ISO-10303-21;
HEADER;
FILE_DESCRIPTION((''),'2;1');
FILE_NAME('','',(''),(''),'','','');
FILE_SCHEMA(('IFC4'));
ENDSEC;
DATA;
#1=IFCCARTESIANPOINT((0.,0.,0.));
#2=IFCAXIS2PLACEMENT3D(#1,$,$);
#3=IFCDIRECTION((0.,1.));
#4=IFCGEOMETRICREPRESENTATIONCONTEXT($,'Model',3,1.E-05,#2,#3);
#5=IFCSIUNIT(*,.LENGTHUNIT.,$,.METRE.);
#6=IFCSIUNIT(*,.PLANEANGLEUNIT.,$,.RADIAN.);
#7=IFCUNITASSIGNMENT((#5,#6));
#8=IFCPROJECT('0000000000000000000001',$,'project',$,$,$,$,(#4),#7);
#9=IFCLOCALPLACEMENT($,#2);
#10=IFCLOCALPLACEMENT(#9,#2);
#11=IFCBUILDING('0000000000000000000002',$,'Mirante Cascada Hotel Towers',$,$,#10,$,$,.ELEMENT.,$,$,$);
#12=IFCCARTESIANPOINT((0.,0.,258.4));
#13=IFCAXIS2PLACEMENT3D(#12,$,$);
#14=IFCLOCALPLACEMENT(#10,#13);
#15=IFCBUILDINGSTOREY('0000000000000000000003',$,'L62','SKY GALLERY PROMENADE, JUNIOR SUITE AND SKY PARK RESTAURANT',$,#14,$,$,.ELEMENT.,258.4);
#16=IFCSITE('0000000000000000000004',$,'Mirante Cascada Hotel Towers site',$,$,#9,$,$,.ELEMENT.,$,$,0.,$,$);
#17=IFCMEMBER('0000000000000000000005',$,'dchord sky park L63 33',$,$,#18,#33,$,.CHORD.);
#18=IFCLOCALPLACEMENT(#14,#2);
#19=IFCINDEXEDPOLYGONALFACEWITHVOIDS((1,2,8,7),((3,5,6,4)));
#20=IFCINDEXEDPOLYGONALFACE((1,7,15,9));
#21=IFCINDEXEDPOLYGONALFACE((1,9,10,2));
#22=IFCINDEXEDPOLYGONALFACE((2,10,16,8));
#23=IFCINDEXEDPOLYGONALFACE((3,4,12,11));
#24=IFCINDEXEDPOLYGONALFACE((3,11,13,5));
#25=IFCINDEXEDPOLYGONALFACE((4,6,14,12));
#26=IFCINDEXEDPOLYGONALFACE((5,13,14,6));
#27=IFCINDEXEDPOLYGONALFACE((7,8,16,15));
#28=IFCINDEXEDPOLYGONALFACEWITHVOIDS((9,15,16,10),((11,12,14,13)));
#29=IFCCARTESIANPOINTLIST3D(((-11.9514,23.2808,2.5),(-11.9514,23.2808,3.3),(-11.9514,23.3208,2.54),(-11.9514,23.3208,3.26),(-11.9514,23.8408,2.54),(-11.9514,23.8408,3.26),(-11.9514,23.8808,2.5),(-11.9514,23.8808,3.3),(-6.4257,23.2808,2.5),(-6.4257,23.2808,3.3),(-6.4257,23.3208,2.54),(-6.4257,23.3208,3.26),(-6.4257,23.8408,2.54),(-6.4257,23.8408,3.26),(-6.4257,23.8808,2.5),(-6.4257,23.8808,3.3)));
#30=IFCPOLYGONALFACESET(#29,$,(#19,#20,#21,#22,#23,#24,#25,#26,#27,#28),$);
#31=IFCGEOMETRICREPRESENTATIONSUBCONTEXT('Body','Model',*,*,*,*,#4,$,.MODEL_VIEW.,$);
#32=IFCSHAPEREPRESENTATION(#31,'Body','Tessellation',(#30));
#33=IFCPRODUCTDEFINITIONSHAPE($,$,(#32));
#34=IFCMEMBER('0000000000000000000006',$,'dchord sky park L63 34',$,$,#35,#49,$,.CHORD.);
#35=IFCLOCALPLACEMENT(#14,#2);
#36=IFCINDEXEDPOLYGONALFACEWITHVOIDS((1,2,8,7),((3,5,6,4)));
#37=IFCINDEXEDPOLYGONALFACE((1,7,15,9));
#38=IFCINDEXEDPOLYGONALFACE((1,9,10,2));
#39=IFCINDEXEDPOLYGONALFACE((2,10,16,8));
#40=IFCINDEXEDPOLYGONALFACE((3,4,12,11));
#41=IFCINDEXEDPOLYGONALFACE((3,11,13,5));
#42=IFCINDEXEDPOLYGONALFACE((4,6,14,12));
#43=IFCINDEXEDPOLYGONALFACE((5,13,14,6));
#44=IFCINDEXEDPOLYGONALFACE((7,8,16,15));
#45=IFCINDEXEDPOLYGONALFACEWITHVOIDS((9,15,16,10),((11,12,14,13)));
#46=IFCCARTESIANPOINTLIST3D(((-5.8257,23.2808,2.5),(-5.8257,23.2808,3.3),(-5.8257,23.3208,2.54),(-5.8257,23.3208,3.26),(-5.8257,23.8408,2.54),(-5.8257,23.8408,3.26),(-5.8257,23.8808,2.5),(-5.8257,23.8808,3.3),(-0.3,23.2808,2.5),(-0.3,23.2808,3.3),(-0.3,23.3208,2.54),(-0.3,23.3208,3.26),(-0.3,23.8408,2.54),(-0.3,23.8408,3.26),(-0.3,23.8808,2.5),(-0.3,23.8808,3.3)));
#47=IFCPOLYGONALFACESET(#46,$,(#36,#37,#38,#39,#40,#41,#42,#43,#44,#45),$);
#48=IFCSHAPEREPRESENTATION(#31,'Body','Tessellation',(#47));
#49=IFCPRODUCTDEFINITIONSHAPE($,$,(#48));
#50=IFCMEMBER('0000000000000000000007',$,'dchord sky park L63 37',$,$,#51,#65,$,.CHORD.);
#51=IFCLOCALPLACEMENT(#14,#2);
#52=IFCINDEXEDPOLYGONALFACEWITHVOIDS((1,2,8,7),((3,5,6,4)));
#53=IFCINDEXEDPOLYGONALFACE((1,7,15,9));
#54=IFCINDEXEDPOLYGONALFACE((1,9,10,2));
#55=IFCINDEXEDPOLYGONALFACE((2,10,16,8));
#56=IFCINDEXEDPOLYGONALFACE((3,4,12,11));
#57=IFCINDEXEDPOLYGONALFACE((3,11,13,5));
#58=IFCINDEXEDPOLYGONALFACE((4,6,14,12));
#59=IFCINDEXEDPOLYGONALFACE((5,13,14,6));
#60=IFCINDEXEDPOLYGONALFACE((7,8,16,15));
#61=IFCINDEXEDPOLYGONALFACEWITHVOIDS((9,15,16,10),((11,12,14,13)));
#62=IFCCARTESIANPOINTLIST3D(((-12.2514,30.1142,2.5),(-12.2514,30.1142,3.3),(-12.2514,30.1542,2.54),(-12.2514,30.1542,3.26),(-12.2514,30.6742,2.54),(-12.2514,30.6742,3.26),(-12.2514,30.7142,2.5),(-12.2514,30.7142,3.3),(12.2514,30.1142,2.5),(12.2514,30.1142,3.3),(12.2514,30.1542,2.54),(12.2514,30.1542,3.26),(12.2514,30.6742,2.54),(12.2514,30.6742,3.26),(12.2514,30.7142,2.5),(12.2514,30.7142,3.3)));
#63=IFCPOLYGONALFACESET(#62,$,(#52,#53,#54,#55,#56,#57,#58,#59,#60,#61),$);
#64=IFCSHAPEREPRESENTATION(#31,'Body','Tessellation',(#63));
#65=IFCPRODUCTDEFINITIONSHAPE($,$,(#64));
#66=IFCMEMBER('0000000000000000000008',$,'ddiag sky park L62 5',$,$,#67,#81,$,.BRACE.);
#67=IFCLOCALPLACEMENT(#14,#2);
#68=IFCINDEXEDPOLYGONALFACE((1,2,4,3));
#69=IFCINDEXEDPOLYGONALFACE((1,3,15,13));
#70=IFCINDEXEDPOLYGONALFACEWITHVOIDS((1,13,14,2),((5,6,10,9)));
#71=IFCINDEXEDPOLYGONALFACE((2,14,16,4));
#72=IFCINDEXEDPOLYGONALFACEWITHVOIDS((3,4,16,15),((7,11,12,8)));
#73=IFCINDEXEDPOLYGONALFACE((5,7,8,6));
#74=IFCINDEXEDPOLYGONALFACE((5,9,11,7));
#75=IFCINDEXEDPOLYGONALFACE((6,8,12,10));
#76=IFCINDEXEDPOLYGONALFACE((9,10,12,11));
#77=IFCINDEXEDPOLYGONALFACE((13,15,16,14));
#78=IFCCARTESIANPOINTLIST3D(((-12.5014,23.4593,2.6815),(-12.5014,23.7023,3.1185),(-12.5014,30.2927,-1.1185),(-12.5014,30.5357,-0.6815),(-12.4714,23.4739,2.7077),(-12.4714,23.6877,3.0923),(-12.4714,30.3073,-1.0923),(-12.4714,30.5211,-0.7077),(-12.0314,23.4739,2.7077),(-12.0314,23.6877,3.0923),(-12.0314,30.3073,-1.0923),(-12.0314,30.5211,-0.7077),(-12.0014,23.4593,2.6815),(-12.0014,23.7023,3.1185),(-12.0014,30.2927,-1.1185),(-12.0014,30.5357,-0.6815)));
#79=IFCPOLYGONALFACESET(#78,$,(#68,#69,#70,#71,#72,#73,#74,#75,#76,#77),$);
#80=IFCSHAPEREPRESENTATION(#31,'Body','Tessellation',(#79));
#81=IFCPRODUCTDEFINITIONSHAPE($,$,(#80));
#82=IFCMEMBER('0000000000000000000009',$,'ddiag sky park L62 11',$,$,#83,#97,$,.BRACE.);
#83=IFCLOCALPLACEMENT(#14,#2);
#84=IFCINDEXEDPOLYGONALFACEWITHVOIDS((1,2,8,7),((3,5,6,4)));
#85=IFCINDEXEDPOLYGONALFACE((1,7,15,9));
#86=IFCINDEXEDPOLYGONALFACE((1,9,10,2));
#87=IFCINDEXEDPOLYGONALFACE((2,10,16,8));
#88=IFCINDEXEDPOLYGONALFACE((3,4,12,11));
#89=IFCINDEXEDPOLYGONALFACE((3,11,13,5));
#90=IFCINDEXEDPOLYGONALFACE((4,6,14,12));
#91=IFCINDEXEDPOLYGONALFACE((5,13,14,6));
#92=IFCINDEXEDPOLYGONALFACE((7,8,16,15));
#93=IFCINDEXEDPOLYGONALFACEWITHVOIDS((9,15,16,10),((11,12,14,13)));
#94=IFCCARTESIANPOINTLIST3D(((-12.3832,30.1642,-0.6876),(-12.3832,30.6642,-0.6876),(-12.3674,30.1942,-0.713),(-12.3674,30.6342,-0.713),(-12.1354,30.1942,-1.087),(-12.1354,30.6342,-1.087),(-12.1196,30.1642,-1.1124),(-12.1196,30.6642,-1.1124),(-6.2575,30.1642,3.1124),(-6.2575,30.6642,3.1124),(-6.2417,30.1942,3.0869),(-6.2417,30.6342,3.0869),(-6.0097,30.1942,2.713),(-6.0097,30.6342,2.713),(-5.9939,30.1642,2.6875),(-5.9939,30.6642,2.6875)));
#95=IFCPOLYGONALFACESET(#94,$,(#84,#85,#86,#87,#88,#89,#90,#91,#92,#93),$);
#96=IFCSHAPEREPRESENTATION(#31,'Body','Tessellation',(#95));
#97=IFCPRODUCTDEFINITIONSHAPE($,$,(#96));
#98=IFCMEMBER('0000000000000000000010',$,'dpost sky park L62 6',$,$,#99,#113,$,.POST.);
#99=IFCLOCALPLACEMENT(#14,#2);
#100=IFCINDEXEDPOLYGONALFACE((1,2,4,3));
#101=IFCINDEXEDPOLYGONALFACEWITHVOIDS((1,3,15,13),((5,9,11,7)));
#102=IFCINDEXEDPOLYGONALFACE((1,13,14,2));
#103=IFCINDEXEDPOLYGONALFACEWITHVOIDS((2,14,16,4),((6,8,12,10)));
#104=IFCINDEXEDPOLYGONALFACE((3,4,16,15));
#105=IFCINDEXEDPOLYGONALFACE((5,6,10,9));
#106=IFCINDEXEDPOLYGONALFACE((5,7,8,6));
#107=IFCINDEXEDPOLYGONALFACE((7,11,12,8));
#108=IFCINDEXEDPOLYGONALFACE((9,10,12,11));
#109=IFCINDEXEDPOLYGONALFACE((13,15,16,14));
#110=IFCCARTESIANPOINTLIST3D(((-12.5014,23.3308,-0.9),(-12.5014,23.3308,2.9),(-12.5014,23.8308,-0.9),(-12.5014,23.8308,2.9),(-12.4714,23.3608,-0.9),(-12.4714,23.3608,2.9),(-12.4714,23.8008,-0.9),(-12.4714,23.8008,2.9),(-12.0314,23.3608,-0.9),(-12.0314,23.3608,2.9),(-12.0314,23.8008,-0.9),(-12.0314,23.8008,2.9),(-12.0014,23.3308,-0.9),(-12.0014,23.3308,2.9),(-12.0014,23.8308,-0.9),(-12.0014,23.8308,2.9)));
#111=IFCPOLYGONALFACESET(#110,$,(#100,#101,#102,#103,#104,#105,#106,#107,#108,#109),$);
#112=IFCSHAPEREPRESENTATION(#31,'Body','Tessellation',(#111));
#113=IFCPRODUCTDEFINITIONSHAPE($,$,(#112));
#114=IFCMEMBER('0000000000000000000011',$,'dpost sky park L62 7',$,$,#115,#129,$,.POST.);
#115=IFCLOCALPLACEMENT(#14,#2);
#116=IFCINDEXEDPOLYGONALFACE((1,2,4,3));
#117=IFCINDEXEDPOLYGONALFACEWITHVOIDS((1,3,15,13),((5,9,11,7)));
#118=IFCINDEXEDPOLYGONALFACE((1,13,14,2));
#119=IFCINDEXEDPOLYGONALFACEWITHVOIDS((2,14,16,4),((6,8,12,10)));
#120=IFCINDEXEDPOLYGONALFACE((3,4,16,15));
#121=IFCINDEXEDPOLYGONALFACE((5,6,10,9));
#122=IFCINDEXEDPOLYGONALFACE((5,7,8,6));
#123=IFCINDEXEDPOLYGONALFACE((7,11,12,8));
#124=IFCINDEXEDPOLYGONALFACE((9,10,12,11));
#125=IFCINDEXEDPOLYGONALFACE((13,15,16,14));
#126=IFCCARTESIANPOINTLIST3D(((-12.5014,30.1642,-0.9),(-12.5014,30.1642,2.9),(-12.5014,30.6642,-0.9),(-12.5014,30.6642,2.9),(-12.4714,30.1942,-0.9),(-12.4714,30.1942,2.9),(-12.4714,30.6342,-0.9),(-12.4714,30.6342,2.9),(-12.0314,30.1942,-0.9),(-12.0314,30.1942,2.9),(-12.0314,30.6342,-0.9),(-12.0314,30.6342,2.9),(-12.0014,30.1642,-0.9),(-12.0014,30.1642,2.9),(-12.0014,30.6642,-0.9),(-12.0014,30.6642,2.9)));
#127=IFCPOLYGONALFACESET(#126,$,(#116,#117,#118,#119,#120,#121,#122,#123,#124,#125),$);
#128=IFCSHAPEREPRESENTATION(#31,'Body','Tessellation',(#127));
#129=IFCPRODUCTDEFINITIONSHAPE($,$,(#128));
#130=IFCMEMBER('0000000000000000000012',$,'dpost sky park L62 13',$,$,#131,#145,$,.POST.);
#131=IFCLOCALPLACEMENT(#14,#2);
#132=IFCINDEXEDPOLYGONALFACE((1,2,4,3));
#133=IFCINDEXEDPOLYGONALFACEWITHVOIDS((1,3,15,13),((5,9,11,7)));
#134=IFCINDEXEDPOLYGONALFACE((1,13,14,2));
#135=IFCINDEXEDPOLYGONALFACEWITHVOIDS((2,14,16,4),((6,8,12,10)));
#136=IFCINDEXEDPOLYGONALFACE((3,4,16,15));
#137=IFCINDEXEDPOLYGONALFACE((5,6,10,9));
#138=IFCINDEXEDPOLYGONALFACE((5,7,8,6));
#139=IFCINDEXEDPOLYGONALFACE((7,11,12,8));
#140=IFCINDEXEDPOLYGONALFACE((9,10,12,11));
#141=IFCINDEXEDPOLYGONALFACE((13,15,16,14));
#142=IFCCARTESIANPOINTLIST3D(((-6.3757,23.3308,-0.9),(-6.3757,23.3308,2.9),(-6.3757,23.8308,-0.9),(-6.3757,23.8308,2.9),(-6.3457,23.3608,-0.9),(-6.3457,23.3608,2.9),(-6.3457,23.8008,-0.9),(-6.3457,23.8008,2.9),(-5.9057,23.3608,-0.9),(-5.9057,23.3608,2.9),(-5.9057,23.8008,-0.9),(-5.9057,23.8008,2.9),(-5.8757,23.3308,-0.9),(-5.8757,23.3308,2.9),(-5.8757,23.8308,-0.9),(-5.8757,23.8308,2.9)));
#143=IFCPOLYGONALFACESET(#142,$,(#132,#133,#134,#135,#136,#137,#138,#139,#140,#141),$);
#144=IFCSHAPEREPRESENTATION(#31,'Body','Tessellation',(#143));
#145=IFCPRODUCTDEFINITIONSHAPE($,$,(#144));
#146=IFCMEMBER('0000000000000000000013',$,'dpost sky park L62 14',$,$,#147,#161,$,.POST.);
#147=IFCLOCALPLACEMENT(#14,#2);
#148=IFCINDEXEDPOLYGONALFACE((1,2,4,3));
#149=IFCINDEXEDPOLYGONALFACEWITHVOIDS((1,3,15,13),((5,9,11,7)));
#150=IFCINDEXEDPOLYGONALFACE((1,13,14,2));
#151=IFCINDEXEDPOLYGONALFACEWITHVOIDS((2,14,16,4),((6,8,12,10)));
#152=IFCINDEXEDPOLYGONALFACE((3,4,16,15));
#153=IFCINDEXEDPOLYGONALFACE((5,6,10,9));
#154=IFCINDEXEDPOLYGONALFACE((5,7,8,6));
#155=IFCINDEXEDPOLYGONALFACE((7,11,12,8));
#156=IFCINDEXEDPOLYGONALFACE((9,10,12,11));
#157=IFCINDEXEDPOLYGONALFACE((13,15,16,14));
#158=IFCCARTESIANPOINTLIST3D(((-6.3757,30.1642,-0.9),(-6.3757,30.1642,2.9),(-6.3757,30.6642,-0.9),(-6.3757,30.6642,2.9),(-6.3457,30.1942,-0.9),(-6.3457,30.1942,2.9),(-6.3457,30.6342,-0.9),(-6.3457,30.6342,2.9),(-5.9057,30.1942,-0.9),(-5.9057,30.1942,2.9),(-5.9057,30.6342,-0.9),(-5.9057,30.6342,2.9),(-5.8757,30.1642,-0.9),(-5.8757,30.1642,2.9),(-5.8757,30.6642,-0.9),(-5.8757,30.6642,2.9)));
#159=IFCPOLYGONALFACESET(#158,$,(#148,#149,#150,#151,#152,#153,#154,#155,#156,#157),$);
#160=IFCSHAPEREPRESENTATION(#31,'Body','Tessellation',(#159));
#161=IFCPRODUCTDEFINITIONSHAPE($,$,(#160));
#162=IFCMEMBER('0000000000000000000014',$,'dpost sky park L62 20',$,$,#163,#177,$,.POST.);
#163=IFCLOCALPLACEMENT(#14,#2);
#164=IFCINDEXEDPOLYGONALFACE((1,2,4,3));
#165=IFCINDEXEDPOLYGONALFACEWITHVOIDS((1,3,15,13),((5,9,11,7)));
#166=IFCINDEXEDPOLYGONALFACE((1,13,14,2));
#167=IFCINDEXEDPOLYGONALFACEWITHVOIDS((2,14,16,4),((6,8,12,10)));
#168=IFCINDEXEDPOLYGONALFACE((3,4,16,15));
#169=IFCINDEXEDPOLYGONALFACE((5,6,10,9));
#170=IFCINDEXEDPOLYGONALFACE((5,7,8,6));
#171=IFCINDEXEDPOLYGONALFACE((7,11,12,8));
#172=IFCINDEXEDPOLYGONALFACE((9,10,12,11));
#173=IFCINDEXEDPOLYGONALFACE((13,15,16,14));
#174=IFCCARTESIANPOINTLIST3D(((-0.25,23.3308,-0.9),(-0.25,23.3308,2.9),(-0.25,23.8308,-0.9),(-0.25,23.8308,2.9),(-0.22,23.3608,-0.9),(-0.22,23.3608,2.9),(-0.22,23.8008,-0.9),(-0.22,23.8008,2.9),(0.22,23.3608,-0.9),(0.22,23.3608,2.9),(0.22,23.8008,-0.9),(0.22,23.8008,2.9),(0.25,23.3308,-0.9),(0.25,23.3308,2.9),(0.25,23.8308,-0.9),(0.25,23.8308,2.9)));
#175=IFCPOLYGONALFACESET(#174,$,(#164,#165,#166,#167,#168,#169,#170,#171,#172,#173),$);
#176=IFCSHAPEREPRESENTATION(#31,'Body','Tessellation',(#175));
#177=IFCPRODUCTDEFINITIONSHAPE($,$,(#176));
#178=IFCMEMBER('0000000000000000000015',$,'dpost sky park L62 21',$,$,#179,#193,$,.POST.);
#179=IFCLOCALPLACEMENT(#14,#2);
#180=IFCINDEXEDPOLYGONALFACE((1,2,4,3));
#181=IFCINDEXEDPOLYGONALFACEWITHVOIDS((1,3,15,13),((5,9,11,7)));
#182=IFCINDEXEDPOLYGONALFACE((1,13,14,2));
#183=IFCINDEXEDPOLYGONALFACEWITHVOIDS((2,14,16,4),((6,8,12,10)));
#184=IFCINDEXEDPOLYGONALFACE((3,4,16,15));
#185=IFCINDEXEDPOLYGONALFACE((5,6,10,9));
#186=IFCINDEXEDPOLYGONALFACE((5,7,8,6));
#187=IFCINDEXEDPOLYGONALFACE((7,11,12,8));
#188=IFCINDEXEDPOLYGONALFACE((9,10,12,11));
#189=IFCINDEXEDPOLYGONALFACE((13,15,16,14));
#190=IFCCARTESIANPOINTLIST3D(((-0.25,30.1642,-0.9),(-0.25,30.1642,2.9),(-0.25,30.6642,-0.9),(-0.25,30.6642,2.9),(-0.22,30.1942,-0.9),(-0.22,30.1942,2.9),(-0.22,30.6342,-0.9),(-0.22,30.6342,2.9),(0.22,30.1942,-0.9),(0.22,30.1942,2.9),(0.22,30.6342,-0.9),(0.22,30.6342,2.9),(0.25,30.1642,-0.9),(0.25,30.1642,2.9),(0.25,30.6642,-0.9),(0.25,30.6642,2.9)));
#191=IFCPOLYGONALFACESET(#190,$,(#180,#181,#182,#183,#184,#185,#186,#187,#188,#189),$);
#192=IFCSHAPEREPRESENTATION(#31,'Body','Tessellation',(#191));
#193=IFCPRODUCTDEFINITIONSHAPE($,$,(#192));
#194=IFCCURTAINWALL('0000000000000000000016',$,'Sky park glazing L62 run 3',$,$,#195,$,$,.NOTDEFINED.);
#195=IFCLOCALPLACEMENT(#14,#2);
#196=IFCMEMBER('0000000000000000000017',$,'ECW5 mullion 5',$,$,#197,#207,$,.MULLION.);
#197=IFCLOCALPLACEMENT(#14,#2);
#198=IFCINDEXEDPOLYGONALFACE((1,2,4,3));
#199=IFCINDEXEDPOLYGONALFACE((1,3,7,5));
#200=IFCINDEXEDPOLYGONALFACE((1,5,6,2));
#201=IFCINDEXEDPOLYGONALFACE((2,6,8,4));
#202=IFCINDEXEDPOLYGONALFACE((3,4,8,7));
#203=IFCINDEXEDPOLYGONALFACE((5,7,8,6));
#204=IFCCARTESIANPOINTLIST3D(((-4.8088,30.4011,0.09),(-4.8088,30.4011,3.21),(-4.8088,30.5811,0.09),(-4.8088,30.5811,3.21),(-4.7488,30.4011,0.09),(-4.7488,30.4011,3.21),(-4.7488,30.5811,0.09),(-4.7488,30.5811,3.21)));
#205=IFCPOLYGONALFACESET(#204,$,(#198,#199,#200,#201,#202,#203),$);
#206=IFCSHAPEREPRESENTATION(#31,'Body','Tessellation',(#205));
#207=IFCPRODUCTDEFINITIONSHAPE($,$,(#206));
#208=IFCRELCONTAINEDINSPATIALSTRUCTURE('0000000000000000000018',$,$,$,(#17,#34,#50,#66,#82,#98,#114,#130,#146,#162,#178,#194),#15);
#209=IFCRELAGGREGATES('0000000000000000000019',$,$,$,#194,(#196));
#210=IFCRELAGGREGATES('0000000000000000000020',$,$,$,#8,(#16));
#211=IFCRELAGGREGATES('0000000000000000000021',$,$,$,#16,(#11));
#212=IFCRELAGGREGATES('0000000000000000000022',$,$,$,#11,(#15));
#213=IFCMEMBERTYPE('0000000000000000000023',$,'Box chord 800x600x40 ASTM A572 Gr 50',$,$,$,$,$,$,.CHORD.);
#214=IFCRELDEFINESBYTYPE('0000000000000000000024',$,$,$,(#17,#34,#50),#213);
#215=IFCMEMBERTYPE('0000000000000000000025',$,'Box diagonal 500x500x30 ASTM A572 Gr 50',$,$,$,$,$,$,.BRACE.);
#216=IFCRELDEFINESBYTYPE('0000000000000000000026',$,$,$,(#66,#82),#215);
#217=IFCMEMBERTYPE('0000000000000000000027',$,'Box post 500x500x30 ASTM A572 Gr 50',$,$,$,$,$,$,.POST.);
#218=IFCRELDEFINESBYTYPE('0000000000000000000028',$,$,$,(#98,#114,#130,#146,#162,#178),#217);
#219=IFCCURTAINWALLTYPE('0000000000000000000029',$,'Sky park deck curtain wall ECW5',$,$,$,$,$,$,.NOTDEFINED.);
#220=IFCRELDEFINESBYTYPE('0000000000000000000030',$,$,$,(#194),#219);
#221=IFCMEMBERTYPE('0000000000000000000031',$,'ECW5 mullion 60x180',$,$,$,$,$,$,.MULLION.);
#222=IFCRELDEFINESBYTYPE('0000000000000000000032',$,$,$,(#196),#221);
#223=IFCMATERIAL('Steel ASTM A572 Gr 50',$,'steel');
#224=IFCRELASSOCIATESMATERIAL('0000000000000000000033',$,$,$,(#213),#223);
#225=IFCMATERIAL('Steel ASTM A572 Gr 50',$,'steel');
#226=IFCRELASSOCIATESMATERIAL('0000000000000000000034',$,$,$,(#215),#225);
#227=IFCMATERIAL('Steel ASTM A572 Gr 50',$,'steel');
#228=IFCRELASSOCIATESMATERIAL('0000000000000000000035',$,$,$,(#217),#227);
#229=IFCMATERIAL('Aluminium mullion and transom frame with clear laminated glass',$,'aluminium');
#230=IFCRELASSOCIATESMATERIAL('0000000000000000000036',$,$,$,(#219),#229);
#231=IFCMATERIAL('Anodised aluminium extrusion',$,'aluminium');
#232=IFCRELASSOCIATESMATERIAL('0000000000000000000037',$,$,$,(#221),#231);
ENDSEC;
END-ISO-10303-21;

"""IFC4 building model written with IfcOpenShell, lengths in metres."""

from ifc_helpers import new_model, si_unit, direction, frame, origin, origin_2d, place, context, subcontext, project, spatial, rectangle, hollow_rectangle, extrude, material, material_profile, profile_set, type_object, element, aggregate, save


model = new_model("IFC4")

# Units and contexts
model_context = context("Model", 3, precision=1e-05, world=origin(), true_north=direction((0.0, 1.0)))
body_context = subcontext(model_context, "Body", "Model", "MODEL_VIEW")
ifc_project = project(units=[si_unit("LENGTHUNIT", "METRE"), si_unit("PLANEANGLEUNIT", "RADIAN")], contexts=[model_context])

# Site, building, storey
site_placement = place(None, origin())
site = spatial("IfcSite", under=ifc_project, at=site_placement, Name="Mirante Cascada Hotel Towers site", CompositionType="ELEMENT", RefElevation=0.0)
building_placement = place(site_placement, origin())
building = spatial("IfcBuilding", under=site, at=building_placement, Name="Mirante Cascada Hotel Towers", CompositionType="ELEMENT")
storey_placement = place(building_placement, frame((0.0, 0.0, 258.4)))
storey = spatial("IfcBuildingStorey", under=building, at=storey_placement, Name="L62", Description="SKY GALLERY PROMENADE, JUNIOR SUITE AND SKY PARK RESTAURANT", CompositionType="ELEMENT", Elevation=258.4)

# Members
ifc_material_1 = material(Name="Steel ASTM A572 Gr 50", Category="steel")
ifc_material_profile_1 = material_profile(ifc_material_1, hollow_rectangle(XDim=0.6, YDim=0.8, WallThickness=0.04, at=origin_2d()), Name="Box chord 800x600x40 ASTM A572 Gr 50")
ifc_profile_set_1 = profile_set([ifc_material_profile_1], Name="Steel ASTM A572 Gr 50")
member_type_1 = type_object("IfcMemberType", Name="Box chord 800x600x40 ASTM A572 Gr 50", PredefinedType="CHORD", material=ifc_profile_set_1)
for number, where, z_axis, x_axis, name in (
    (1, (-11.9514, 23.5808, 2.9), (1.0, 0.0, 0.0), (0.0, 1.0, 0.0), "dchord sky park L63 33"),
    (2, (-5.8257, 23.5808, 2.9), (1.0, 0.0, 0.0), (0.0, 1.0, 0.0), "dchord sky park L63 34"),
):
    element("IfcMember", number, at=place(storey_placement, frame(where, z_axis=z_axis, x_axis=x_axis)), inside=storey, type_object=member_type_1, Name=name, PredefinedType="CHORD", context=body_context, shape_type="SweptSolid", body=[
        extrude(hollow_rectangle(XDim=0.6, YDim=0.8, WallThickness=0.04, at=origin_2d()), origin(), (0.0, 0.0, 1.0), 5.5257),
    ])
member_1_placement = place(storey_placement, frame((-12.2514, 30.4142, 2.9), z_axis=(1.0, 0.0, 0.0), x_axis=(0.0, 1.0, 0.0)))
element("IfcMember", 3, at=member_1_placement, inside=storey, type_object=member_type_1, Name="dchord sky park L63 37", PredefinedType="CHORD", context=body_context, shape_type="SweptSolid", body=[
    extrude(hollow_rectangle(XDim=0.6, YDim=0.8, WallThickness=0.04, at=origin_2d()), origin(), (0.0, 0.0, 1.0), 24.5028),
])
ifc_material_2 = material(Name="Steel ASTM A572 Gr 50", Category="steel")
ifc_material_profile_2 = material_profile(ifc_material_2, hollow_rectangle(XDim=0.5, YDim=0.5, WallThickness=0.03, at=origin_2d()), Name="Box diagonal 500x500x30 ASTM A572 Gr 50")
ifc_profile_set_2 = profile_set([ifc_material_profile_2], Name="Steel ASTM A572 Gr 50")
member_type_2 = type_object("IfcMemberType", Name="Box diagonal 500x500x30 ASTM A572 Gr 50", PredefinedType="BRACE", material=ifc_profile_set_2)
member_2_placement = place(storey_placement, frame((-12.2514, 30.4142, -0.9), z_axis=(0.0, -0.873958, 0.486001), x_axis=(1.0, 0.0, 0.0)))
element("IfcMember", 4, at=member_2_placement, inside=storey, type_object=member_type_2, Name="ddiag sky park L62 5", PredefinedType="BRACE", context=body_context, shape_type="SweptSolid", body=[
    extrude(hollow_rectangle(XDim=0.5, YDim=0.5, WallThickness=0.03, at=origin_2d()), origin(), (0.0, 0.0, 1.0), 7.8189),
])
member_3_placement = place(storey_placement, frame((-12.2514, 30.4142, -0.9), z_axis=(0.849774, 0.0, 0.527147), x_axis=(0.0, 1.0, 0.0)))
element("IfcMember", 5, at=member_3_placement, inside=storey, type_object=member_type_2, Name="ddiag sky park L62 11", PredefinedType="BRACE", context=body_context, shape_type="SweptSolid", body=[
    extrude(hollow_rectangle(XDim=0.5, YDim=0.5, WallThickness=0.03, at=origin_2d()), origin(), (0.0, 0.0, 1.0), 7.2086),
])
ifc_material_3 = material(Name="Steel ASTM A572 Gr 50", Category="steel")
ifc_material_profile_3 = material_profile(ifc_material_3, hollow_rectangle(XDim=0.5, YDim=0.5, WallThickness=0.03, at=origin_2d()), Name="Box post 500x500x30 ASTM A572 Gr 50")
ifc_profile_set_3 = profile_set([ifc_material_profile_3], Name="Steel ASTM A572 Gr 50")
member_type_3 = type_object("IfcMemberType", Name="Box post 500x500x30 ASTM A572 Gr 50", PredefinedType="POST", material=ifc_profile_set_3)
for number, where, z_axis, x_axis, name in (
    (6, (-12.2514, 23.5808, -0.9), (0.0, 0.0, 1.0), (1.0, 0.0, 0.0), "dpost sky park L62 6"),
    (7, (-12.2514, 30.4142, -0.9), (0.0, 0.0, 1.0), (1.0, 0.0, 0.0), "dpost sky park L62 7"),
    (8, (-6.1257, 23.5808, -0.9), (0.0, 0.0, 1.0), (1.0, 0.0, 0.0), "dpost sky park L62 13"),
    (9, (-6.1257, 30.4142, -0.9), (0.0, 0.0, 1.0), (1.0, 0.0, 0.0), "dpost sky park L62 14"),
    (10, (0.0, 23.5808, -0.9), (0.0, 0.0, 1.0), (1.0, 0.0, 0.0), "dpost sky park L62 20"),
    (11, (0.0, 30.4142, -0.9), (0.0, 0.0, 1.0), (1.0, 0.0, 0.0), "dpost sky park L62 21"),
):
    element("IfcMember", number, at=place(storey_placement, frame(where, z_axis=z_axis, x_axis=x_axis)), inside=storey, type_object=member_type_3, Name=name, PredefinedType="POST", context=body_context, shape_type="SweptSolid", body=[
        extrude(hollow_rectangle(XDim=0.5, YDim=0.5, WallThickness=0.03, at=origin_2d()), origin(), (0.0, 0.0, 1.0), 3.8),
    ])

# Curtain wall, member
ifc_material_4 = material(Name="Aluminium mullion and transom frame with clear laminated glass", Category="aluminium")
curtain_wall_type = type_object("IfcCurtainWallType", Name="Sky park deck curtain wall ECW5", PredefinedType="NOTDEFINED", material=ifc_material_4)
curtain_wall_1_placement = place(storey_placement, origin())
curtain_wall_1 = element("IfcCurtainWall", 12, at=curtain_wall_1_placement, inside=storey, type_object=curtain_wall_type, Name="Sky park glazing L62 run 3", PredefinedType="NOTDEFINED")
ifc_material_5 = material(Name="Anodised aluminium extrusion", Category="aluminium")
ifc_material_profile_4 = material_profile(ifc_material_5, rectangle(XDim=0.18, YDim=0.06, at=origin_2d()), Name="ECW5 MULLION 60x180")
ifc_profile_set_4 = profile_set([ifc_material_profile_4], Name="Anodised aluminium extrusion")
member_type_4 = type_object("IfcMemberType", Name="ECW5 mullion 60x180", PredefinedType="MULLION", material=ifc_profile_set_4)
member_4_placement = place(storey_placement, frame((-4.7788, 30.4911, 0.09), z_axis=(0.0, 0.0, 1.0), x_axis=(0.0, -1.0, 0.0)))
member_4 = element("IfcMember", 13, at=member_4_placement, type_object=member_type_4, Name="ECW5 mullion 5", PredefinedType="MULLION", context=body_context, shape_type="SweptSolid", body=[
    extrude(rectangle(XDim=0.18, YDim=0.06, at=origin_2d()), origin(), (0.0, 0.0, 1.0), 3.12),
])

aggregate(curtain_wall_1, [member_4])

save(model, "model.ifc")
